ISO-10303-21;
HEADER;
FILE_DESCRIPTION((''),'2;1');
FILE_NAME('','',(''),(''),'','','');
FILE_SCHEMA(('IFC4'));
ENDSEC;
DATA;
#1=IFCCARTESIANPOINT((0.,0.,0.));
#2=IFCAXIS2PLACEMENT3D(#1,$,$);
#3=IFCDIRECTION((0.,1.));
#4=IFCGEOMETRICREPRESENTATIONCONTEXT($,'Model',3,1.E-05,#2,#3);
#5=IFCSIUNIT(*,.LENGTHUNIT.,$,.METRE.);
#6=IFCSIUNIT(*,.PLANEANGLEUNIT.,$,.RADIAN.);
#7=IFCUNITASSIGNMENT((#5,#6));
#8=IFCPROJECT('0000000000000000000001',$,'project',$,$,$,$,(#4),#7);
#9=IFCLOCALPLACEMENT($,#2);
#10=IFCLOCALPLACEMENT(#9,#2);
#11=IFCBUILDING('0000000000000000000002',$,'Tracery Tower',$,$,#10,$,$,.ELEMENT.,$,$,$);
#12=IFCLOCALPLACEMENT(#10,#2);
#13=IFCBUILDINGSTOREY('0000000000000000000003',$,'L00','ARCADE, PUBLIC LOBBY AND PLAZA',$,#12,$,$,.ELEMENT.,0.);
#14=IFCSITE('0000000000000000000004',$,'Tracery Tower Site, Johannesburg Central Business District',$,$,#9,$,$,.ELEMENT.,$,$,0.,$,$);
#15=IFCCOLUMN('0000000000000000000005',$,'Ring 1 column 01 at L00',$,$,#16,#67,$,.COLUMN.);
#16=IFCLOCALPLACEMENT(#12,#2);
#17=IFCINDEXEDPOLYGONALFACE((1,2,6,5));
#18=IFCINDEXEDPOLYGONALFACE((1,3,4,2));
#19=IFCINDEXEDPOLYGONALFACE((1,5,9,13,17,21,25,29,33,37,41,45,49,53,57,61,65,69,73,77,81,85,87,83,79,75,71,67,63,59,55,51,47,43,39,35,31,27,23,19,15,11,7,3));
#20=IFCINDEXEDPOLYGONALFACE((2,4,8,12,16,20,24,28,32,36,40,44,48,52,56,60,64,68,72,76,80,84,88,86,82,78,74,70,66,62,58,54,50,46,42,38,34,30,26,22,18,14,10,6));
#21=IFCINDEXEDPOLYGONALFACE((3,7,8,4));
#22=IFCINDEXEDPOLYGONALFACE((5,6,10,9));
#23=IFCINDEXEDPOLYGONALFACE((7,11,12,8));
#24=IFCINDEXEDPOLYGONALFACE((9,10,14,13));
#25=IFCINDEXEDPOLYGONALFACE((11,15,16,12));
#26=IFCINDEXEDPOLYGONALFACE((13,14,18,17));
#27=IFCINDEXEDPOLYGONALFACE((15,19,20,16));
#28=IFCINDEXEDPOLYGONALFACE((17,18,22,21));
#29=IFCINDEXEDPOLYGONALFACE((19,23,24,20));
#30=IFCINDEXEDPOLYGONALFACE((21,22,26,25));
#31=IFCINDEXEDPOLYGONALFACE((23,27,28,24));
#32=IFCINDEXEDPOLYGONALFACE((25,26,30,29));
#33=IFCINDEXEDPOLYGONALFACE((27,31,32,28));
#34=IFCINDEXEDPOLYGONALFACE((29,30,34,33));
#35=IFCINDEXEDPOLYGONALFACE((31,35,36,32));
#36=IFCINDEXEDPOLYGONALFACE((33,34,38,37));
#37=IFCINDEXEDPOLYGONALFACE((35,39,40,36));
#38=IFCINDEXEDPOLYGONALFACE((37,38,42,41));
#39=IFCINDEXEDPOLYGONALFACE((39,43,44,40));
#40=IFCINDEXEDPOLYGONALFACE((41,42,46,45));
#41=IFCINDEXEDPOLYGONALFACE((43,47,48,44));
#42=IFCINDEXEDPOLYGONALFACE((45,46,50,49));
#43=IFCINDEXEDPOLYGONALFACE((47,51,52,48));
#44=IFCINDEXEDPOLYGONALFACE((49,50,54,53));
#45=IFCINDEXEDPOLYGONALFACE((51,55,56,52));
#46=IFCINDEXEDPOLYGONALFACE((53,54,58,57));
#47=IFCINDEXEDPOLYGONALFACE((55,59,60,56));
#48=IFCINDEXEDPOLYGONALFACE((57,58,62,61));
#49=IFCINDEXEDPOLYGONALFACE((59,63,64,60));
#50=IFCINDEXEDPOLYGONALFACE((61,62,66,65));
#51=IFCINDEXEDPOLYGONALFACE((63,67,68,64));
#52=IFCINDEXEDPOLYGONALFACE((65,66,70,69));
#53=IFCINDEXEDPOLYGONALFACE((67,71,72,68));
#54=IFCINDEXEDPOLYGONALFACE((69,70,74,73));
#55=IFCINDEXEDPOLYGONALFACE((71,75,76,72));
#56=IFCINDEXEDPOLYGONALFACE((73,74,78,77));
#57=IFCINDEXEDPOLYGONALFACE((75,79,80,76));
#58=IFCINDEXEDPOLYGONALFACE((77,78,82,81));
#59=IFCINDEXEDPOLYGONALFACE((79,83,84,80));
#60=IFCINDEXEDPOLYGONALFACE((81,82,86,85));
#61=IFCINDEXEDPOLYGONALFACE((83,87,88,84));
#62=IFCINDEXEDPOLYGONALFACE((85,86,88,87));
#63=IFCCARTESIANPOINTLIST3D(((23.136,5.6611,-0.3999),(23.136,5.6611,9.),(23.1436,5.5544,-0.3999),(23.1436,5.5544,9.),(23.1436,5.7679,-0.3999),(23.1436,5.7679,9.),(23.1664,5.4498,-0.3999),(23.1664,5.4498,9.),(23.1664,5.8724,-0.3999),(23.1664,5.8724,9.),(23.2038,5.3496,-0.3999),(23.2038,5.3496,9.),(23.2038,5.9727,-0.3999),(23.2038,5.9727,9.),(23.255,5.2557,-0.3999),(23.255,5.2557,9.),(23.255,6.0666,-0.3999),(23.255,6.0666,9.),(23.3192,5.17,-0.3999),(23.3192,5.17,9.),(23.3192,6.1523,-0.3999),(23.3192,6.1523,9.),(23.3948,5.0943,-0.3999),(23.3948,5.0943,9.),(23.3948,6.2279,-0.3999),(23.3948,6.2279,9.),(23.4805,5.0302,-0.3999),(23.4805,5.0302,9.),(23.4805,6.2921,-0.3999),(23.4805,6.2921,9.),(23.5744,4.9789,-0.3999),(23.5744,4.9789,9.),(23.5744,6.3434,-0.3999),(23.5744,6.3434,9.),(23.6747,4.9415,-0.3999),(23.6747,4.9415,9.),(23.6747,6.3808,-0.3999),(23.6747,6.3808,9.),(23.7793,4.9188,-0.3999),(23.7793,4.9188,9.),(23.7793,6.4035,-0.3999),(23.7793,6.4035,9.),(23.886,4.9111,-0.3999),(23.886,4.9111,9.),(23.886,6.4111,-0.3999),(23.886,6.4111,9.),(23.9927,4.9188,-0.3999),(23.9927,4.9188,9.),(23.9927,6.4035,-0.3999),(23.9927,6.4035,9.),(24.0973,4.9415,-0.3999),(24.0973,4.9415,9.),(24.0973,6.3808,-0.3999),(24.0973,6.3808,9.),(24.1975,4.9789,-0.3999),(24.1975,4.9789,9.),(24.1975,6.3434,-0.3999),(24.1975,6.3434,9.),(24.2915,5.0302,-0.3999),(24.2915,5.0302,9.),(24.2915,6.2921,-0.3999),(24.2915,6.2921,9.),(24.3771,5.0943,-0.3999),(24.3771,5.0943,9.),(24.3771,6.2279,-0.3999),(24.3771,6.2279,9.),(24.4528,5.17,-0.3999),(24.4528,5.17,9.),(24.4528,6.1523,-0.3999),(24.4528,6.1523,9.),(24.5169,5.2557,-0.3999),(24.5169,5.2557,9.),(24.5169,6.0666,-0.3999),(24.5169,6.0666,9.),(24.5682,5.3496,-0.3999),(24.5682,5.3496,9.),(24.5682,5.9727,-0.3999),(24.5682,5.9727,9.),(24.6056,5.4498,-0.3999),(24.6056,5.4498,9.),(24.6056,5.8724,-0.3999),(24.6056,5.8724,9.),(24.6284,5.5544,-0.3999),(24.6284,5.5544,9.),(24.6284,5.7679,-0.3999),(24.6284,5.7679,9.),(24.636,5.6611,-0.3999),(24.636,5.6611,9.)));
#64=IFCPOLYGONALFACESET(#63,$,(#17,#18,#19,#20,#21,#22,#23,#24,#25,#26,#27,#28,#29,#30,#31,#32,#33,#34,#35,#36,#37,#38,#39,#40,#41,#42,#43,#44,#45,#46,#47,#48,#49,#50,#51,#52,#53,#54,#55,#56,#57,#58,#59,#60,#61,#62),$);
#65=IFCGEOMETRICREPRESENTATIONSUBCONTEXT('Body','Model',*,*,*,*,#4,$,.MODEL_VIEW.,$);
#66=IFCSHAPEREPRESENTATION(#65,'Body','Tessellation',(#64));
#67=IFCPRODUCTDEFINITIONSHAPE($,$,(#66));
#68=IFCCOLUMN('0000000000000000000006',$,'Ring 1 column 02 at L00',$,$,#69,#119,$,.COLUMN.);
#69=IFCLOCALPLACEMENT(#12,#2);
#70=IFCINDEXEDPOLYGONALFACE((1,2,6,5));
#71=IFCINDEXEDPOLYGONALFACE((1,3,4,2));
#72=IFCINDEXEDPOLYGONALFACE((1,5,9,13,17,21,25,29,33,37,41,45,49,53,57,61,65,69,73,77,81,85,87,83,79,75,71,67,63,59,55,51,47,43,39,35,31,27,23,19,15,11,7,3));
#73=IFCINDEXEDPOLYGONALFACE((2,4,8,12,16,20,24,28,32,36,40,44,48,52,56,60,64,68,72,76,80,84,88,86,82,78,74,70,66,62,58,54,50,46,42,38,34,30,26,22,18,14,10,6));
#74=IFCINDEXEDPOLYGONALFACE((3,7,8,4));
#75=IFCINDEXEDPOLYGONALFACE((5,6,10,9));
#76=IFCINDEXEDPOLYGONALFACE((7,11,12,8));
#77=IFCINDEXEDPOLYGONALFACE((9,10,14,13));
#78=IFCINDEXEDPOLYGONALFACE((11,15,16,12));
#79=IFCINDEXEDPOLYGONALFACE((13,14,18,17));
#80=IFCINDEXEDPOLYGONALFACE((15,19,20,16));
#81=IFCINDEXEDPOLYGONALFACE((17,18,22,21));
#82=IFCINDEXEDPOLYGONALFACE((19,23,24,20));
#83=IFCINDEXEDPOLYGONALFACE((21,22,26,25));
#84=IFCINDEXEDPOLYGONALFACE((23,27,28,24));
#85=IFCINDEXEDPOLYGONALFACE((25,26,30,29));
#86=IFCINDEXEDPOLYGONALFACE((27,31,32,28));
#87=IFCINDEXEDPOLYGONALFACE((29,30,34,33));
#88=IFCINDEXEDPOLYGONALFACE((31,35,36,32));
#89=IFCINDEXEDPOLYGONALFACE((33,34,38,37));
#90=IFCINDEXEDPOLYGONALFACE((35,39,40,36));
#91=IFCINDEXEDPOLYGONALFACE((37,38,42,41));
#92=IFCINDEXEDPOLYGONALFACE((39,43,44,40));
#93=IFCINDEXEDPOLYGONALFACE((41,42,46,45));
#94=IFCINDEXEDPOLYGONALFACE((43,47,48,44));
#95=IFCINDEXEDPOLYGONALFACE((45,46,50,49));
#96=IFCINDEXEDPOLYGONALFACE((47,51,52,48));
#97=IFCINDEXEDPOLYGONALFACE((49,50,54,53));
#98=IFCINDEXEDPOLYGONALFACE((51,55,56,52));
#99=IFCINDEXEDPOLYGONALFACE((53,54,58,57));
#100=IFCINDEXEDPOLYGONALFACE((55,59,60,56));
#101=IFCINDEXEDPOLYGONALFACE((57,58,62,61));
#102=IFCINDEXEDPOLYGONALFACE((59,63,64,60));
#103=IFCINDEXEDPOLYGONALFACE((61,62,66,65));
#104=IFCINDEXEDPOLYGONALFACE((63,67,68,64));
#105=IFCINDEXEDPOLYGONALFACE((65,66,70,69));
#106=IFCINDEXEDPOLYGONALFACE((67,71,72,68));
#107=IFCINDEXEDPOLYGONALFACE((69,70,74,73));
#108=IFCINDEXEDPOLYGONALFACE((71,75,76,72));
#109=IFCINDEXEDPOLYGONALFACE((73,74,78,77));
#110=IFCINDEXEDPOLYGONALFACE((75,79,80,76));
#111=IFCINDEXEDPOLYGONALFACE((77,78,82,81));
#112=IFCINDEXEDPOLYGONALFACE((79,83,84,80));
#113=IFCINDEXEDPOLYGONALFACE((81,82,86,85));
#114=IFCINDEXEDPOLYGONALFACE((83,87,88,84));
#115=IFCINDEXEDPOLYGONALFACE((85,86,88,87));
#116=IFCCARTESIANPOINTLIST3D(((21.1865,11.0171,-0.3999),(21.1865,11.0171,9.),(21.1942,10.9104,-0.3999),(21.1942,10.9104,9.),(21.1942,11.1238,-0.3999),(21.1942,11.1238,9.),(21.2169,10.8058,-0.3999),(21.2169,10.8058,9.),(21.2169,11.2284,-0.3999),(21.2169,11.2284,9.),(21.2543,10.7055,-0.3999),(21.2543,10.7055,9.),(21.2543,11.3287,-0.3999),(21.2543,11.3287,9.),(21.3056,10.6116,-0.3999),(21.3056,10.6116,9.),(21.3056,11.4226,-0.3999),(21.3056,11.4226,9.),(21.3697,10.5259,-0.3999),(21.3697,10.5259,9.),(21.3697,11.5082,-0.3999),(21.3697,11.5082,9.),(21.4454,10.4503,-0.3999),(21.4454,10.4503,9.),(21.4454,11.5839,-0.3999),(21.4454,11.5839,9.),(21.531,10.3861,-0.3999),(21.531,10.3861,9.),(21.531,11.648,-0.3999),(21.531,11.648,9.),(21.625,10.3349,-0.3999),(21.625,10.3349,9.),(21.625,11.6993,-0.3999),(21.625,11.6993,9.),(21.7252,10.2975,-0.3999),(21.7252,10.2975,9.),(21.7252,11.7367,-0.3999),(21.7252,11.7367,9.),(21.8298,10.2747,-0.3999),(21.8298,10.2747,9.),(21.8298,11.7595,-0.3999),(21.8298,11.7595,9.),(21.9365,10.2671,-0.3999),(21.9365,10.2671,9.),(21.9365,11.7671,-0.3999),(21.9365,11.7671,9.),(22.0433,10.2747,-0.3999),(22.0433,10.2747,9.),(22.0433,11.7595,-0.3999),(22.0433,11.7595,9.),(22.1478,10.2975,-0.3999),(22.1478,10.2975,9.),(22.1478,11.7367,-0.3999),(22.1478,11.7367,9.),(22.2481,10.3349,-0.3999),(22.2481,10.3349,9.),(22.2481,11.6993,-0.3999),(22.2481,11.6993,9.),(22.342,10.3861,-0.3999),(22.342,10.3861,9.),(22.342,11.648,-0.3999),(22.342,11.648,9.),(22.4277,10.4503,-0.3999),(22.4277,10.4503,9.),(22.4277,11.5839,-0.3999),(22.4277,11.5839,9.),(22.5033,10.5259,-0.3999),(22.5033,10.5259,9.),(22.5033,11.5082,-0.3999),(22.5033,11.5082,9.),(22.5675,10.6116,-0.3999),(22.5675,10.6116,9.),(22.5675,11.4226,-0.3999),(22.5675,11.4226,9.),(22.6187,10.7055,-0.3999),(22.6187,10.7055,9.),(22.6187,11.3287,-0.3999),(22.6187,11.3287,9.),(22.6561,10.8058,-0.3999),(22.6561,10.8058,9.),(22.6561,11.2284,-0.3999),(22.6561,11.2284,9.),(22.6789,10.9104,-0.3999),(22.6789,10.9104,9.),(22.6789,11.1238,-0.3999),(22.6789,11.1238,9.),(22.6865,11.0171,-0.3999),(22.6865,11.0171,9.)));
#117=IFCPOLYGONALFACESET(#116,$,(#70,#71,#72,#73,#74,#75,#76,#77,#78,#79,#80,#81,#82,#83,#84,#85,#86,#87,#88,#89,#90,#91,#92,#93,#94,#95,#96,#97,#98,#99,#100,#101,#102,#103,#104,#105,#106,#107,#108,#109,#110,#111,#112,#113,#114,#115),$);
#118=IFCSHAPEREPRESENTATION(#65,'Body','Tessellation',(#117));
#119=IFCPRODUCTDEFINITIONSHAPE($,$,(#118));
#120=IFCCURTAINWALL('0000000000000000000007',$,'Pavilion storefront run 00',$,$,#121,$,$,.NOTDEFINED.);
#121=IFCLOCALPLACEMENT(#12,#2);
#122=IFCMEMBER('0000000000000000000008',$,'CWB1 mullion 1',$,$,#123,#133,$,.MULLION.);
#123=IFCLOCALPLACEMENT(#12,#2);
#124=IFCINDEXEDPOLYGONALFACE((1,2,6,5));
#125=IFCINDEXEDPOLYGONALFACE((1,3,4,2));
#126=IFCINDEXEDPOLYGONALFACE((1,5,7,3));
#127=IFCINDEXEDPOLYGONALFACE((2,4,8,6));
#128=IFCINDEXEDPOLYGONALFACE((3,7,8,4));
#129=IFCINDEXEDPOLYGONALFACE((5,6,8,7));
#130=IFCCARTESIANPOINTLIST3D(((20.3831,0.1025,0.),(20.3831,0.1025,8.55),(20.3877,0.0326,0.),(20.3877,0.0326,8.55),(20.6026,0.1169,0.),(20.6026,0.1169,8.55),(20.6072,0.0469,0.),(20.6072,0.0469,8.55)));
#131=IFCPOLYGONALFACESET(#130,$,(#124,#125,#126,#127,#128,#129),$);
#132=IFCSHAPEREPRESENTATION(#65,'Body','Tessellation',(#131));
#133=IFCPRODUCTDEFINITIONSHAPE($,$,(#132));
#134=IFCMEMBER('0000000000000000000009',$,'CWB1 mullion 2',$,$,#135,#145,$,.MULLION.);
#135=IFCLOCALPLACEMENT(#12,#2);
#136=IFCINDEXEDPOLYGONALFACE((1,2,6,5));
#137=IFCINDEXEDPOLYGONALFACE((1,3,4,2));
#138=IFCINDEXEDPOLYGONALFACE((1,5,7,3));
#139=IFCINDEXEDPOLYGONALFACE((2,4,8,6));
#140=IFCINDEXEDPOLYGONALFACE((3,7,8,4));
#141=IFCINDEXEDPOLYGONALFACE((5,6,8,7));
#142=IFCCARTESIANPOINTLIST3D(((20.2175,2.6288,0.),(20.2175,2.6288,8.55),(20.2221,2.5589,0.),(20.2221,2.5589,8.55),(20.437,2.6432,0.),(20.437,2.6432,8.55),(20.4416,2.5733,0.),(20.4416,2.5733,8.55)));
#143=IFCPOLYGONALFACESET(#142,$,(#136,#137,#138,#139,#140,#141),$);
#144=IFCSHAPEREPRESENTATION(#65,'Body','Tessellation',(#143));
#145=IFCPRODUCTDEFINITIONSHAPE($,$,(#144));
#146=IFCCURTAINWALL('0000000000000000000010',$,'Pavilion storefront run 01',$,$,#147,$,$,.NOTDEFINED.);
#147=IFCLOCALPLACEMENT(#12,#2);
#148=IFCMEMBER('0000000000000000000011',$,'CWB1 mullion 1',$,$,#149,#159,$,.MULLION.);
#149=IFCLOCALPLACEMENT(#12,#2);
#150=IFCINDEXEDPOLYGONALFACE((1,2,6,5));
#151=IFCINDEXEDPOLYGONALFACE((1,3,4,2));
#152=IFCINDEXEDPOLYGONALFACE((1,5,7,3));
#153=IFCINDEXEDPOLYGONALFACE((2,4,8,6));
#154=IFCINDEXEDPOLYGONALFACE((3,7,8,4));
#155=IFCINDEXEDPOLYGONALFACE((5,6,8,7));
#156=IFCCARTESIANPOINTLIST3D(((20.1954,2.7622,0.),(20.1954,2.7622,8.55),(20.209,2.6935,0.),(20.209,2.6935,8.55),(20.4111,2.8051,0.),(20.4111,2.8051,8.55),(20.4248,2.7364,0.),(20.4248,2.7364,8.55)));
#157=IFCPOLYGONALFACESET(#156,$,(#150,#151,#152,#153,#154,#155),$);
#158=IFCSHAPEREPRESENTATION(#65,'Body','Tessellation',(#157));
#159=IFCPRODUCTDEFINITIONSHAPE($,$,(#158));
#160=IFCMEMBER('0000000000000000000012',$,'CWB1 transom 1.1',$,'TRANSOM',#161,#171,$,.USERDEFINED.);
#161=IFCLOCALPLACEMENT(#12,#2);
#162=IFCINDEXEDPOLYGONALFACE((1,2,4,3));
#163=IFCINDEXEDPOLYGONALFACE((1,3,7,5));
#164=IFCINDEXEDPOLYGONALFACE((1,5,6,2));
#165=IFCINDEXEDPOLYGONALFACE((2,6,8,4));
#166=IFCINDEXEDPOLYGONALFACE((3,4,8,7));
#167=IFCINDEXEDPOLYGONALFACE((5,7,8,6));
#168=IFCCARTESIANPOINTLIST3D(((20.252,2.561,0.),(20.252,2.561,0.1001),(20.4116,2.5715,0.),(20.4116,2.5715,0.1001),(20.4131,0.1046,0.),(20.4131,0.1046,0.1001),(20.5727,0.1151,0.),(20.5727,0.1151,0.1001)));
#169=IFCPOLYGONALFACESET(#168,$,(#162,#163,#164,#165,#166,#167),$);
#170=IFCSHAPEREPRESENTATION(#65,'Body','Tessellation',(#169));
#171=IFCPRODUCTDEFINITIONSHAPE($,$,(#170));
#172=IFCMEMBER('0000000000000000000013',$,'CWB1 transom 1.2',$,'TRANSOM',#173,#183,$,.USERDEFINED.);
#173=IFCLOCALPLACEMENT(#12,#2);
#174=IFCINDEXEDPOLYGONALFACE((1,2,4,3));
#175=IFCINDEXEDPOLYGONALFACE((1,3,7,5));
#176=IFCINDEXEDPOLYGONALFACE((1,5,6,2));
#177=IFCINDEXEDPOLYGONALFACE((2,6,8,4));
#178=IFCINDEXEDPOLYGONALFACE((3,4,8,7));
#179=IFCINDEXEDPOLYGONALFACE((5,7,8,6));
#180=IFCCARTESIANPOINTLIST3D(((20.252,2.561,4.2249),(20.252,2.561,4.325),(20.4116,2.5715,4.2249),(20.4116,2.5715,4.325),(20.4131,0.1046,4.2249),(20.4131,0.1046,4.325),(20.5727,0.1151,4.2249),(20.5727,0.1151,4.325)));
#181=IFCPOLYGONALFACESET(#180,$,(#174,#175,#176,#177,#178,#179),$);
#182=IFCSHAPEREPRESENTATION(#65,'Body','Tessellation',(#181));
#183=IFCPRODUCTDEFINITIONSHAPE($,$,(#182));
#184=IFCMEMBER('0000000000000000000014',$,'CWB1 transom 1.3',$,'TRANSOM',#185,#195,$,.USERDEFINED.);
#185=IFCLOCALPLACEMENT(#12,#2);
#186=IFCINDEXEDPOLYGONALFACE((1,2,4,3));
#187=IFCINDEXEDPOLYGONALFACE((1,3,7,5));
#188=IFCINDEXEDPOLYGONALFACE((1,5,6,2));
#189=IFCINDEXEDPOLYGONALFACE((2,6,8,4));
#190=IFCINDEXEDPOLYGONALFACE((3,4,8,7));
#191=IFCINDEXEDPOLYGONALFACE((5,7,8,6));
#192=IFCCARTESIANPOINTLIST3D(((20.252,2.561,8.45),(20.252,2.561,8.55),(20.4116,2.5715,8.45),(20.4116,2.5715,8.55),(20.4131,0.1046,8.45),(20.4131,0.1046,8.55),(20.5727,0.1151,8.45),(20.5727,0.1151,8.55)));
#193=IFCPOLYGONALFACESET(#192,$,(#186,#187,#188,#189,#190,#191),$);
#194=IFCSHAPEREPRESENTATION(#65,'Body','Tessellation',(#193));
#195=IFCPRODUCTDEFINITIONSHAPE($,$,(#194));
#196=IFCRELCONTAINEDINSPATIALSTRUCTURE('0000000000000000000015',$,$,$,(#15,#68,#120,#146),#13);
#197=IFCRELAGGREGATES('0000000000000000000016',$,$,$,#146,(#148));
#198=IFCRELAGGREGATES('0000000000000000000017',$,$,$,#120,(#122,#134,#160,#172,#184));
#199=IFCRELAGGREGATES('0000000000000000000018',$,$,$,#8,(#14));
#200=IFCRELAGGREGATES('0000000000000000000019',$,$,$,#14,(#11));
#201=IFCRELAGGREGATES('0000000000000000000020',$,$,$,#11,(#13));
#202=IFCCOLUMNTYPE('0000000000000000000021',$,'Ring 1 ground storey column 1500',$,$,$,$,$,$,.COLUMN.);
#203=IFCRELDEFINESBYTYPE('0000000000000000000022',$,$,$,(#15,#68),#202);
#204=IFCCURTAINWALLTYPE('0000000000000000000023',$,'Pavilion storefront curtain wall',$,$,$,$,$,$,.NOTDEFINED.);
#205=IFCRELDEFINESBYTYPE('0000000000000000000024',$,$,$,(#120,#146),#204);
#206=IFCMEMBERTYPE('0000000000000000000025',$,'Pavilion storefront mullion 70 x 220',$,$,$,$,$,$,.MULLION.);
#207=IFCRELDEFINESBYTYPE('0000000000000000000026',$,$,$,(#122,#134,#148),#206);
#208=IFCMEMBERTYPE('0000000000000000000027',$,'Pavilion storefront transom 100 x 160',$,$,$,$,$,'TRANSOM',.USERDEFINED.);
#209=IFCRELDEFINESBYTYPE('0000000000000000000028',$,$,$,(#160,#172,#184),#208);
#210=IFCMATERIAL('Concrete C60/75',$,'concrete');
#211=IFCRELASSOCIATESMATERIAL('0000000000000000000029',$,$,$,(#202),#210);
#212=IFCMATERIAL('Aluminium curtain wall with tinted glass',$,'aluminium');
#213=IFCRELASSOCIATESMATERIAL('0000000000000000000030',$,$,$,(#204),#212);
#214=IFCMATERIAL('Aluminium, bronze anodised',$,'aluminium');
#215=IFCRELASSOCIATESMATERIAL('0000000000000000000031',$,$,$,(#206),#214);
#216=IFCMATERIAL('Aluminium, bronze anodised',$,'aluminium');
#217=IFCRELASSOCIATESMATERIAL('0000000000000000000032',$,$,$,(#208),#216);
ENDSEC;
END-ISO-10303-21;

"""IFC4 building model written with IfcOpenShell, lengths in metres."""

from ifc_helpers import new_model, si_unit, direction, frame, origin, origin_2d, place, context, subcontext, project, spatial, rectangle, circle, extrude, material, material_profile, profile_set, type_object, element, aggregate, save


model = new_model("IFC4")

# Units and contexts
model_context = context("Model", 3, precision=1e-05, world=origin(), true_north=direction((0.0, 1.0)))
body_context = subcontext(model_context, "Body", "Model", "MODEL_VIEW")
ifc_project = project(units=[si_unit("LENGTHUNIT", "METRE"), si_unit("PLANEANGLEUNIT", "RADIAN")], contexts=[model_context])

# Site, building, storey
site_placement = place(None, origin())
site = spatial("IfcSite", under=ifc_project, at=site_placement, Name="Tracery Tower Site, Johannesburg Central Business District", CompositionType="ELEMENT", RefElevation=0.0)
building_placement = place(site_placement, origin())
building = spatial("IfcBuilding", under=site, at=building_placement, Name="Tracery Tower", CompositionType="ELEMENT")
storey_placement = place(building_placement, origin())
storey = spatial("IfcBuildingStorey", under=building, at=storey_placement, Name="L00", Description="ARCADE, PUBLIC LOBBY AND PLAZA", CompositionType="ELEMENT", Elevation=0.0)

# Columns
ifc_material_1 = material(Name="Concrete C60/75", Category="concrete")
ifc_material_profile_1 = material_profile(ifc_material_1, circle(Radius=0.75, at=origin_2d()), Name="RC D1500")
ifc_profile_set_1 = profile_set([ifc_material_profile_1], Name="Concrete C60/75")
column_type_1 = type_object("IfcColumnType", Name="Ring 1 ground storey column 1500", PredefinedType="COLUMN", material=ifc_profile_set_1)
for number, where, z_axis, x_axis, name in (
    (1, (23.886, 5.6611, -0.3999), (0.0, 0.0, 1.0), (1.0, 0.0, 0.0), "Ring 1 column 01 at L00"),
    (2, (21.9365, 11.0171, -0.3999), (0.0, 0.0, 1.0), (1.0, 0.0, 0.0), "Ring 1 column 02 at L00"),
):
    element("IfcColumn", number, at=place(storey_placement, frame(where, z_axis=z_axis, x_axis=x_axis)), inside=storey, type_object=column_type_1, Name=name, PredefinedType="COLUMN", context=body_context, shape_type="SweptSolid", body=[
        extrude(circle(Radius=0.75, at=origin_2d()), origin(), (0.0, 0.0, 1.0), 9.3999),
    ])

# Curtain wall, members
ifc_material_2 = material(Name="Aluminium curtain wall with tinted glass", Category="aluminium")
curtain_wall_type = type_object("IfcCurtainWallType", Name="Pavilion storefront curtain wall", PredefinedType="NOTDEFINED", material=ifc_material_2)
curtain_wall_1_placement = place(storey_placement, origin())
curtain_wall_1 = element("IfcCurtainWall", 3, at=curtain_wall_1_placement, inside=storey, type_object=curtain_wall_type, Name="Pavilion storefront run 00", PredefinedType="NOTDEFINED")
ifc_material_3 = material(Name="Aluminium, bronze anodised", Category="aluminium")
ifc_material_profile_2 = material_profile(ifc_material_3, rectangle(XDim=0.22, YDim=0.0701, at=origin_2d()), Name="Pavilion storefront mullion 70 x 220")
ifc_profile_set_2 = profile_set([ifc_material_profile_2], Name="Aluminium, bronze anodised")
member_type_1 = type_object("IfcMemberType", Name="Pavilion storefront mullion 70 x 220", PredefinedType="MULLION", material=ifc_profile_set_2)
member_1_placement = place(storey_placement, frame((20.4951, 0.0747, 0.0), z_axis=(0.0, 0.0, 1.0), x_axis=(-0.997858, -0.065422, 0.0)))
member_1 = element("IfcMember", 4, at=member_1_placement, type_object=member_type_1, Name="CWB1 mullion 1", PredefinedType="MULLION", context=body_context, shape_type="SweptSolid", body=[
    extrude(rectangle(XDim=0.22, YDim=0.0701, at=origin_2d()), origin(), (0.0, 0.0, 1.0), 8.55),
])
member_2_placement = place(storey_placement, frame((20.3296, 2.6011, 0.0), z_axis=(0.0, 0.0, 1.0), x_axis=(-0.997858, -0.065422, 0.0)))
member_2 = element("IfcMember", 5, at=member_2_placement, type_object=member_type_1, Name="CWB1 mullion 2", PredefinedType="MULLION", context=body_context, shape_type="SweptSolid", body=[
    extrude(rectangle(XDim=0.22, YDim=0.0701, at=origin_2d()), origin(), (0.0, 0.0, 1.0), 8.55),
])

# Curtain wall, member
curtain_wall_2_placement = place(storey_placement, origin())
curtain_wall_2 = element("IfcCurtainWall", 6, at=curtain_wall_2_placement, inside=storey, type_object=curtain_wall_type, Name="Pavilion storefront run 01", PredefinedType="NOTDEFINED")
member_3_placement = place(storey_placement, frame((20.3101, 2.7493, 0.0), z_axis=(0.0, 0.0, 1.0), x_axis=(-0.980789, -0.195074, 0.0)))
member_3 = element("IfcMember", 7, at=member_3_placement, type_object=member_type_1, Name="CWB1 mullion 1", PredefinedType="MULLION", context=body_context, shape_type="SweptSolid", body=[
    extrude(rectangle(XDim=0.22, YDim=0.0701, at=origin_2d()), origin(), (0.0, 0.0, 1.0), 8.55),
])

# Members
ifc_material_4 = material(Name="Aluminium, bronze anodised", Category="aluminium")
ifc_material_profile_3 = material_profile(ifc_material_4, rectangle(XDim=0.1599, YDim=0.1001, at=origin_2d()), Name="Pavilion storefront transom 100 x 160")
ifc_profile_set_3 = profile_set([ifc_material_profile_3], Name="Aluminium, bronze anodised")
member_type_2 = type_object("IfcMemberType", Name="Pavilion storefront transom 100 x 160", ElementType="TRANSOM", PredefinedType="USERDEFINED", material=ifc_profile_set_3)
member_4_placement = place(storey_placement, frame((20.4929, 0.1099, 0.05), z_axis=(-0.065459, 0.997855, 0.0), x_axis=(-0.997855, -0.065459, 0.0)))
member_4 = element("IfcMember", 8, at=member_4_placement, type_object=member_type_2, Name="CWB1 transom 1.1", ObjectType="TRANSOM", PredefinedType="USERDEFINED", context=body_context, shape_type="SweptSolid", body=[
    extrude(rectangle(XDim=0.1599, YDim=0.1001, at=origin_2d()), origin(), (0.0, 0.0, 1.0), 2.4617),
])
member_5_placement = place(storey_placement, frame((20.4929, 0.1099, 4.2749), z_axis=(-0.065459, 0.997855, 0.0), x_axis=(-0.997855, -0.065459, 0.0)))
member_5 = element("IfcMember", 9, at=member_5_placement, type_object=member_type_2, Name="CWB1 transom 1.2", ObjectType="TRANSOM", PredefinedType="USERDEFINED", context=body_context, shape_type="SweptSolid", body=[
    extrude(rectangle(XDim=0.1599, YDim=0.1001, at=origin_2d()), origin(), (0.0, 0.0, 1.0), 2.4617),
])
member_6_placement = place(storey_placement, frame((20.4929, 0.1099, 8.5), z_axis=(-0.065459, 0.997855, 0.0), x_axis=(-0.997855, -0.065459, 0.0)))
member_6 = element("IfcMember", 10, at=member_6_placement, type_object=member_type_2, Name="CWB1 transom 1.3", ObjectType="TRANSOM", PredefinedType="USERDEFINED", context=body_context, shape_type="SweptSolid", body=[
    extrude(rectangle(XDim=0.1599, YDim=0.1001, at=origin_2d()), origin(), (0.0, 0.0, 1.0), 2.4617),
])
aggregate(curtain_wall_2, [member_3])

aggregate(curtain_wall_1, [member_1, member_2, member_4, member_5, member_6])

save(model, "model.ifc")
